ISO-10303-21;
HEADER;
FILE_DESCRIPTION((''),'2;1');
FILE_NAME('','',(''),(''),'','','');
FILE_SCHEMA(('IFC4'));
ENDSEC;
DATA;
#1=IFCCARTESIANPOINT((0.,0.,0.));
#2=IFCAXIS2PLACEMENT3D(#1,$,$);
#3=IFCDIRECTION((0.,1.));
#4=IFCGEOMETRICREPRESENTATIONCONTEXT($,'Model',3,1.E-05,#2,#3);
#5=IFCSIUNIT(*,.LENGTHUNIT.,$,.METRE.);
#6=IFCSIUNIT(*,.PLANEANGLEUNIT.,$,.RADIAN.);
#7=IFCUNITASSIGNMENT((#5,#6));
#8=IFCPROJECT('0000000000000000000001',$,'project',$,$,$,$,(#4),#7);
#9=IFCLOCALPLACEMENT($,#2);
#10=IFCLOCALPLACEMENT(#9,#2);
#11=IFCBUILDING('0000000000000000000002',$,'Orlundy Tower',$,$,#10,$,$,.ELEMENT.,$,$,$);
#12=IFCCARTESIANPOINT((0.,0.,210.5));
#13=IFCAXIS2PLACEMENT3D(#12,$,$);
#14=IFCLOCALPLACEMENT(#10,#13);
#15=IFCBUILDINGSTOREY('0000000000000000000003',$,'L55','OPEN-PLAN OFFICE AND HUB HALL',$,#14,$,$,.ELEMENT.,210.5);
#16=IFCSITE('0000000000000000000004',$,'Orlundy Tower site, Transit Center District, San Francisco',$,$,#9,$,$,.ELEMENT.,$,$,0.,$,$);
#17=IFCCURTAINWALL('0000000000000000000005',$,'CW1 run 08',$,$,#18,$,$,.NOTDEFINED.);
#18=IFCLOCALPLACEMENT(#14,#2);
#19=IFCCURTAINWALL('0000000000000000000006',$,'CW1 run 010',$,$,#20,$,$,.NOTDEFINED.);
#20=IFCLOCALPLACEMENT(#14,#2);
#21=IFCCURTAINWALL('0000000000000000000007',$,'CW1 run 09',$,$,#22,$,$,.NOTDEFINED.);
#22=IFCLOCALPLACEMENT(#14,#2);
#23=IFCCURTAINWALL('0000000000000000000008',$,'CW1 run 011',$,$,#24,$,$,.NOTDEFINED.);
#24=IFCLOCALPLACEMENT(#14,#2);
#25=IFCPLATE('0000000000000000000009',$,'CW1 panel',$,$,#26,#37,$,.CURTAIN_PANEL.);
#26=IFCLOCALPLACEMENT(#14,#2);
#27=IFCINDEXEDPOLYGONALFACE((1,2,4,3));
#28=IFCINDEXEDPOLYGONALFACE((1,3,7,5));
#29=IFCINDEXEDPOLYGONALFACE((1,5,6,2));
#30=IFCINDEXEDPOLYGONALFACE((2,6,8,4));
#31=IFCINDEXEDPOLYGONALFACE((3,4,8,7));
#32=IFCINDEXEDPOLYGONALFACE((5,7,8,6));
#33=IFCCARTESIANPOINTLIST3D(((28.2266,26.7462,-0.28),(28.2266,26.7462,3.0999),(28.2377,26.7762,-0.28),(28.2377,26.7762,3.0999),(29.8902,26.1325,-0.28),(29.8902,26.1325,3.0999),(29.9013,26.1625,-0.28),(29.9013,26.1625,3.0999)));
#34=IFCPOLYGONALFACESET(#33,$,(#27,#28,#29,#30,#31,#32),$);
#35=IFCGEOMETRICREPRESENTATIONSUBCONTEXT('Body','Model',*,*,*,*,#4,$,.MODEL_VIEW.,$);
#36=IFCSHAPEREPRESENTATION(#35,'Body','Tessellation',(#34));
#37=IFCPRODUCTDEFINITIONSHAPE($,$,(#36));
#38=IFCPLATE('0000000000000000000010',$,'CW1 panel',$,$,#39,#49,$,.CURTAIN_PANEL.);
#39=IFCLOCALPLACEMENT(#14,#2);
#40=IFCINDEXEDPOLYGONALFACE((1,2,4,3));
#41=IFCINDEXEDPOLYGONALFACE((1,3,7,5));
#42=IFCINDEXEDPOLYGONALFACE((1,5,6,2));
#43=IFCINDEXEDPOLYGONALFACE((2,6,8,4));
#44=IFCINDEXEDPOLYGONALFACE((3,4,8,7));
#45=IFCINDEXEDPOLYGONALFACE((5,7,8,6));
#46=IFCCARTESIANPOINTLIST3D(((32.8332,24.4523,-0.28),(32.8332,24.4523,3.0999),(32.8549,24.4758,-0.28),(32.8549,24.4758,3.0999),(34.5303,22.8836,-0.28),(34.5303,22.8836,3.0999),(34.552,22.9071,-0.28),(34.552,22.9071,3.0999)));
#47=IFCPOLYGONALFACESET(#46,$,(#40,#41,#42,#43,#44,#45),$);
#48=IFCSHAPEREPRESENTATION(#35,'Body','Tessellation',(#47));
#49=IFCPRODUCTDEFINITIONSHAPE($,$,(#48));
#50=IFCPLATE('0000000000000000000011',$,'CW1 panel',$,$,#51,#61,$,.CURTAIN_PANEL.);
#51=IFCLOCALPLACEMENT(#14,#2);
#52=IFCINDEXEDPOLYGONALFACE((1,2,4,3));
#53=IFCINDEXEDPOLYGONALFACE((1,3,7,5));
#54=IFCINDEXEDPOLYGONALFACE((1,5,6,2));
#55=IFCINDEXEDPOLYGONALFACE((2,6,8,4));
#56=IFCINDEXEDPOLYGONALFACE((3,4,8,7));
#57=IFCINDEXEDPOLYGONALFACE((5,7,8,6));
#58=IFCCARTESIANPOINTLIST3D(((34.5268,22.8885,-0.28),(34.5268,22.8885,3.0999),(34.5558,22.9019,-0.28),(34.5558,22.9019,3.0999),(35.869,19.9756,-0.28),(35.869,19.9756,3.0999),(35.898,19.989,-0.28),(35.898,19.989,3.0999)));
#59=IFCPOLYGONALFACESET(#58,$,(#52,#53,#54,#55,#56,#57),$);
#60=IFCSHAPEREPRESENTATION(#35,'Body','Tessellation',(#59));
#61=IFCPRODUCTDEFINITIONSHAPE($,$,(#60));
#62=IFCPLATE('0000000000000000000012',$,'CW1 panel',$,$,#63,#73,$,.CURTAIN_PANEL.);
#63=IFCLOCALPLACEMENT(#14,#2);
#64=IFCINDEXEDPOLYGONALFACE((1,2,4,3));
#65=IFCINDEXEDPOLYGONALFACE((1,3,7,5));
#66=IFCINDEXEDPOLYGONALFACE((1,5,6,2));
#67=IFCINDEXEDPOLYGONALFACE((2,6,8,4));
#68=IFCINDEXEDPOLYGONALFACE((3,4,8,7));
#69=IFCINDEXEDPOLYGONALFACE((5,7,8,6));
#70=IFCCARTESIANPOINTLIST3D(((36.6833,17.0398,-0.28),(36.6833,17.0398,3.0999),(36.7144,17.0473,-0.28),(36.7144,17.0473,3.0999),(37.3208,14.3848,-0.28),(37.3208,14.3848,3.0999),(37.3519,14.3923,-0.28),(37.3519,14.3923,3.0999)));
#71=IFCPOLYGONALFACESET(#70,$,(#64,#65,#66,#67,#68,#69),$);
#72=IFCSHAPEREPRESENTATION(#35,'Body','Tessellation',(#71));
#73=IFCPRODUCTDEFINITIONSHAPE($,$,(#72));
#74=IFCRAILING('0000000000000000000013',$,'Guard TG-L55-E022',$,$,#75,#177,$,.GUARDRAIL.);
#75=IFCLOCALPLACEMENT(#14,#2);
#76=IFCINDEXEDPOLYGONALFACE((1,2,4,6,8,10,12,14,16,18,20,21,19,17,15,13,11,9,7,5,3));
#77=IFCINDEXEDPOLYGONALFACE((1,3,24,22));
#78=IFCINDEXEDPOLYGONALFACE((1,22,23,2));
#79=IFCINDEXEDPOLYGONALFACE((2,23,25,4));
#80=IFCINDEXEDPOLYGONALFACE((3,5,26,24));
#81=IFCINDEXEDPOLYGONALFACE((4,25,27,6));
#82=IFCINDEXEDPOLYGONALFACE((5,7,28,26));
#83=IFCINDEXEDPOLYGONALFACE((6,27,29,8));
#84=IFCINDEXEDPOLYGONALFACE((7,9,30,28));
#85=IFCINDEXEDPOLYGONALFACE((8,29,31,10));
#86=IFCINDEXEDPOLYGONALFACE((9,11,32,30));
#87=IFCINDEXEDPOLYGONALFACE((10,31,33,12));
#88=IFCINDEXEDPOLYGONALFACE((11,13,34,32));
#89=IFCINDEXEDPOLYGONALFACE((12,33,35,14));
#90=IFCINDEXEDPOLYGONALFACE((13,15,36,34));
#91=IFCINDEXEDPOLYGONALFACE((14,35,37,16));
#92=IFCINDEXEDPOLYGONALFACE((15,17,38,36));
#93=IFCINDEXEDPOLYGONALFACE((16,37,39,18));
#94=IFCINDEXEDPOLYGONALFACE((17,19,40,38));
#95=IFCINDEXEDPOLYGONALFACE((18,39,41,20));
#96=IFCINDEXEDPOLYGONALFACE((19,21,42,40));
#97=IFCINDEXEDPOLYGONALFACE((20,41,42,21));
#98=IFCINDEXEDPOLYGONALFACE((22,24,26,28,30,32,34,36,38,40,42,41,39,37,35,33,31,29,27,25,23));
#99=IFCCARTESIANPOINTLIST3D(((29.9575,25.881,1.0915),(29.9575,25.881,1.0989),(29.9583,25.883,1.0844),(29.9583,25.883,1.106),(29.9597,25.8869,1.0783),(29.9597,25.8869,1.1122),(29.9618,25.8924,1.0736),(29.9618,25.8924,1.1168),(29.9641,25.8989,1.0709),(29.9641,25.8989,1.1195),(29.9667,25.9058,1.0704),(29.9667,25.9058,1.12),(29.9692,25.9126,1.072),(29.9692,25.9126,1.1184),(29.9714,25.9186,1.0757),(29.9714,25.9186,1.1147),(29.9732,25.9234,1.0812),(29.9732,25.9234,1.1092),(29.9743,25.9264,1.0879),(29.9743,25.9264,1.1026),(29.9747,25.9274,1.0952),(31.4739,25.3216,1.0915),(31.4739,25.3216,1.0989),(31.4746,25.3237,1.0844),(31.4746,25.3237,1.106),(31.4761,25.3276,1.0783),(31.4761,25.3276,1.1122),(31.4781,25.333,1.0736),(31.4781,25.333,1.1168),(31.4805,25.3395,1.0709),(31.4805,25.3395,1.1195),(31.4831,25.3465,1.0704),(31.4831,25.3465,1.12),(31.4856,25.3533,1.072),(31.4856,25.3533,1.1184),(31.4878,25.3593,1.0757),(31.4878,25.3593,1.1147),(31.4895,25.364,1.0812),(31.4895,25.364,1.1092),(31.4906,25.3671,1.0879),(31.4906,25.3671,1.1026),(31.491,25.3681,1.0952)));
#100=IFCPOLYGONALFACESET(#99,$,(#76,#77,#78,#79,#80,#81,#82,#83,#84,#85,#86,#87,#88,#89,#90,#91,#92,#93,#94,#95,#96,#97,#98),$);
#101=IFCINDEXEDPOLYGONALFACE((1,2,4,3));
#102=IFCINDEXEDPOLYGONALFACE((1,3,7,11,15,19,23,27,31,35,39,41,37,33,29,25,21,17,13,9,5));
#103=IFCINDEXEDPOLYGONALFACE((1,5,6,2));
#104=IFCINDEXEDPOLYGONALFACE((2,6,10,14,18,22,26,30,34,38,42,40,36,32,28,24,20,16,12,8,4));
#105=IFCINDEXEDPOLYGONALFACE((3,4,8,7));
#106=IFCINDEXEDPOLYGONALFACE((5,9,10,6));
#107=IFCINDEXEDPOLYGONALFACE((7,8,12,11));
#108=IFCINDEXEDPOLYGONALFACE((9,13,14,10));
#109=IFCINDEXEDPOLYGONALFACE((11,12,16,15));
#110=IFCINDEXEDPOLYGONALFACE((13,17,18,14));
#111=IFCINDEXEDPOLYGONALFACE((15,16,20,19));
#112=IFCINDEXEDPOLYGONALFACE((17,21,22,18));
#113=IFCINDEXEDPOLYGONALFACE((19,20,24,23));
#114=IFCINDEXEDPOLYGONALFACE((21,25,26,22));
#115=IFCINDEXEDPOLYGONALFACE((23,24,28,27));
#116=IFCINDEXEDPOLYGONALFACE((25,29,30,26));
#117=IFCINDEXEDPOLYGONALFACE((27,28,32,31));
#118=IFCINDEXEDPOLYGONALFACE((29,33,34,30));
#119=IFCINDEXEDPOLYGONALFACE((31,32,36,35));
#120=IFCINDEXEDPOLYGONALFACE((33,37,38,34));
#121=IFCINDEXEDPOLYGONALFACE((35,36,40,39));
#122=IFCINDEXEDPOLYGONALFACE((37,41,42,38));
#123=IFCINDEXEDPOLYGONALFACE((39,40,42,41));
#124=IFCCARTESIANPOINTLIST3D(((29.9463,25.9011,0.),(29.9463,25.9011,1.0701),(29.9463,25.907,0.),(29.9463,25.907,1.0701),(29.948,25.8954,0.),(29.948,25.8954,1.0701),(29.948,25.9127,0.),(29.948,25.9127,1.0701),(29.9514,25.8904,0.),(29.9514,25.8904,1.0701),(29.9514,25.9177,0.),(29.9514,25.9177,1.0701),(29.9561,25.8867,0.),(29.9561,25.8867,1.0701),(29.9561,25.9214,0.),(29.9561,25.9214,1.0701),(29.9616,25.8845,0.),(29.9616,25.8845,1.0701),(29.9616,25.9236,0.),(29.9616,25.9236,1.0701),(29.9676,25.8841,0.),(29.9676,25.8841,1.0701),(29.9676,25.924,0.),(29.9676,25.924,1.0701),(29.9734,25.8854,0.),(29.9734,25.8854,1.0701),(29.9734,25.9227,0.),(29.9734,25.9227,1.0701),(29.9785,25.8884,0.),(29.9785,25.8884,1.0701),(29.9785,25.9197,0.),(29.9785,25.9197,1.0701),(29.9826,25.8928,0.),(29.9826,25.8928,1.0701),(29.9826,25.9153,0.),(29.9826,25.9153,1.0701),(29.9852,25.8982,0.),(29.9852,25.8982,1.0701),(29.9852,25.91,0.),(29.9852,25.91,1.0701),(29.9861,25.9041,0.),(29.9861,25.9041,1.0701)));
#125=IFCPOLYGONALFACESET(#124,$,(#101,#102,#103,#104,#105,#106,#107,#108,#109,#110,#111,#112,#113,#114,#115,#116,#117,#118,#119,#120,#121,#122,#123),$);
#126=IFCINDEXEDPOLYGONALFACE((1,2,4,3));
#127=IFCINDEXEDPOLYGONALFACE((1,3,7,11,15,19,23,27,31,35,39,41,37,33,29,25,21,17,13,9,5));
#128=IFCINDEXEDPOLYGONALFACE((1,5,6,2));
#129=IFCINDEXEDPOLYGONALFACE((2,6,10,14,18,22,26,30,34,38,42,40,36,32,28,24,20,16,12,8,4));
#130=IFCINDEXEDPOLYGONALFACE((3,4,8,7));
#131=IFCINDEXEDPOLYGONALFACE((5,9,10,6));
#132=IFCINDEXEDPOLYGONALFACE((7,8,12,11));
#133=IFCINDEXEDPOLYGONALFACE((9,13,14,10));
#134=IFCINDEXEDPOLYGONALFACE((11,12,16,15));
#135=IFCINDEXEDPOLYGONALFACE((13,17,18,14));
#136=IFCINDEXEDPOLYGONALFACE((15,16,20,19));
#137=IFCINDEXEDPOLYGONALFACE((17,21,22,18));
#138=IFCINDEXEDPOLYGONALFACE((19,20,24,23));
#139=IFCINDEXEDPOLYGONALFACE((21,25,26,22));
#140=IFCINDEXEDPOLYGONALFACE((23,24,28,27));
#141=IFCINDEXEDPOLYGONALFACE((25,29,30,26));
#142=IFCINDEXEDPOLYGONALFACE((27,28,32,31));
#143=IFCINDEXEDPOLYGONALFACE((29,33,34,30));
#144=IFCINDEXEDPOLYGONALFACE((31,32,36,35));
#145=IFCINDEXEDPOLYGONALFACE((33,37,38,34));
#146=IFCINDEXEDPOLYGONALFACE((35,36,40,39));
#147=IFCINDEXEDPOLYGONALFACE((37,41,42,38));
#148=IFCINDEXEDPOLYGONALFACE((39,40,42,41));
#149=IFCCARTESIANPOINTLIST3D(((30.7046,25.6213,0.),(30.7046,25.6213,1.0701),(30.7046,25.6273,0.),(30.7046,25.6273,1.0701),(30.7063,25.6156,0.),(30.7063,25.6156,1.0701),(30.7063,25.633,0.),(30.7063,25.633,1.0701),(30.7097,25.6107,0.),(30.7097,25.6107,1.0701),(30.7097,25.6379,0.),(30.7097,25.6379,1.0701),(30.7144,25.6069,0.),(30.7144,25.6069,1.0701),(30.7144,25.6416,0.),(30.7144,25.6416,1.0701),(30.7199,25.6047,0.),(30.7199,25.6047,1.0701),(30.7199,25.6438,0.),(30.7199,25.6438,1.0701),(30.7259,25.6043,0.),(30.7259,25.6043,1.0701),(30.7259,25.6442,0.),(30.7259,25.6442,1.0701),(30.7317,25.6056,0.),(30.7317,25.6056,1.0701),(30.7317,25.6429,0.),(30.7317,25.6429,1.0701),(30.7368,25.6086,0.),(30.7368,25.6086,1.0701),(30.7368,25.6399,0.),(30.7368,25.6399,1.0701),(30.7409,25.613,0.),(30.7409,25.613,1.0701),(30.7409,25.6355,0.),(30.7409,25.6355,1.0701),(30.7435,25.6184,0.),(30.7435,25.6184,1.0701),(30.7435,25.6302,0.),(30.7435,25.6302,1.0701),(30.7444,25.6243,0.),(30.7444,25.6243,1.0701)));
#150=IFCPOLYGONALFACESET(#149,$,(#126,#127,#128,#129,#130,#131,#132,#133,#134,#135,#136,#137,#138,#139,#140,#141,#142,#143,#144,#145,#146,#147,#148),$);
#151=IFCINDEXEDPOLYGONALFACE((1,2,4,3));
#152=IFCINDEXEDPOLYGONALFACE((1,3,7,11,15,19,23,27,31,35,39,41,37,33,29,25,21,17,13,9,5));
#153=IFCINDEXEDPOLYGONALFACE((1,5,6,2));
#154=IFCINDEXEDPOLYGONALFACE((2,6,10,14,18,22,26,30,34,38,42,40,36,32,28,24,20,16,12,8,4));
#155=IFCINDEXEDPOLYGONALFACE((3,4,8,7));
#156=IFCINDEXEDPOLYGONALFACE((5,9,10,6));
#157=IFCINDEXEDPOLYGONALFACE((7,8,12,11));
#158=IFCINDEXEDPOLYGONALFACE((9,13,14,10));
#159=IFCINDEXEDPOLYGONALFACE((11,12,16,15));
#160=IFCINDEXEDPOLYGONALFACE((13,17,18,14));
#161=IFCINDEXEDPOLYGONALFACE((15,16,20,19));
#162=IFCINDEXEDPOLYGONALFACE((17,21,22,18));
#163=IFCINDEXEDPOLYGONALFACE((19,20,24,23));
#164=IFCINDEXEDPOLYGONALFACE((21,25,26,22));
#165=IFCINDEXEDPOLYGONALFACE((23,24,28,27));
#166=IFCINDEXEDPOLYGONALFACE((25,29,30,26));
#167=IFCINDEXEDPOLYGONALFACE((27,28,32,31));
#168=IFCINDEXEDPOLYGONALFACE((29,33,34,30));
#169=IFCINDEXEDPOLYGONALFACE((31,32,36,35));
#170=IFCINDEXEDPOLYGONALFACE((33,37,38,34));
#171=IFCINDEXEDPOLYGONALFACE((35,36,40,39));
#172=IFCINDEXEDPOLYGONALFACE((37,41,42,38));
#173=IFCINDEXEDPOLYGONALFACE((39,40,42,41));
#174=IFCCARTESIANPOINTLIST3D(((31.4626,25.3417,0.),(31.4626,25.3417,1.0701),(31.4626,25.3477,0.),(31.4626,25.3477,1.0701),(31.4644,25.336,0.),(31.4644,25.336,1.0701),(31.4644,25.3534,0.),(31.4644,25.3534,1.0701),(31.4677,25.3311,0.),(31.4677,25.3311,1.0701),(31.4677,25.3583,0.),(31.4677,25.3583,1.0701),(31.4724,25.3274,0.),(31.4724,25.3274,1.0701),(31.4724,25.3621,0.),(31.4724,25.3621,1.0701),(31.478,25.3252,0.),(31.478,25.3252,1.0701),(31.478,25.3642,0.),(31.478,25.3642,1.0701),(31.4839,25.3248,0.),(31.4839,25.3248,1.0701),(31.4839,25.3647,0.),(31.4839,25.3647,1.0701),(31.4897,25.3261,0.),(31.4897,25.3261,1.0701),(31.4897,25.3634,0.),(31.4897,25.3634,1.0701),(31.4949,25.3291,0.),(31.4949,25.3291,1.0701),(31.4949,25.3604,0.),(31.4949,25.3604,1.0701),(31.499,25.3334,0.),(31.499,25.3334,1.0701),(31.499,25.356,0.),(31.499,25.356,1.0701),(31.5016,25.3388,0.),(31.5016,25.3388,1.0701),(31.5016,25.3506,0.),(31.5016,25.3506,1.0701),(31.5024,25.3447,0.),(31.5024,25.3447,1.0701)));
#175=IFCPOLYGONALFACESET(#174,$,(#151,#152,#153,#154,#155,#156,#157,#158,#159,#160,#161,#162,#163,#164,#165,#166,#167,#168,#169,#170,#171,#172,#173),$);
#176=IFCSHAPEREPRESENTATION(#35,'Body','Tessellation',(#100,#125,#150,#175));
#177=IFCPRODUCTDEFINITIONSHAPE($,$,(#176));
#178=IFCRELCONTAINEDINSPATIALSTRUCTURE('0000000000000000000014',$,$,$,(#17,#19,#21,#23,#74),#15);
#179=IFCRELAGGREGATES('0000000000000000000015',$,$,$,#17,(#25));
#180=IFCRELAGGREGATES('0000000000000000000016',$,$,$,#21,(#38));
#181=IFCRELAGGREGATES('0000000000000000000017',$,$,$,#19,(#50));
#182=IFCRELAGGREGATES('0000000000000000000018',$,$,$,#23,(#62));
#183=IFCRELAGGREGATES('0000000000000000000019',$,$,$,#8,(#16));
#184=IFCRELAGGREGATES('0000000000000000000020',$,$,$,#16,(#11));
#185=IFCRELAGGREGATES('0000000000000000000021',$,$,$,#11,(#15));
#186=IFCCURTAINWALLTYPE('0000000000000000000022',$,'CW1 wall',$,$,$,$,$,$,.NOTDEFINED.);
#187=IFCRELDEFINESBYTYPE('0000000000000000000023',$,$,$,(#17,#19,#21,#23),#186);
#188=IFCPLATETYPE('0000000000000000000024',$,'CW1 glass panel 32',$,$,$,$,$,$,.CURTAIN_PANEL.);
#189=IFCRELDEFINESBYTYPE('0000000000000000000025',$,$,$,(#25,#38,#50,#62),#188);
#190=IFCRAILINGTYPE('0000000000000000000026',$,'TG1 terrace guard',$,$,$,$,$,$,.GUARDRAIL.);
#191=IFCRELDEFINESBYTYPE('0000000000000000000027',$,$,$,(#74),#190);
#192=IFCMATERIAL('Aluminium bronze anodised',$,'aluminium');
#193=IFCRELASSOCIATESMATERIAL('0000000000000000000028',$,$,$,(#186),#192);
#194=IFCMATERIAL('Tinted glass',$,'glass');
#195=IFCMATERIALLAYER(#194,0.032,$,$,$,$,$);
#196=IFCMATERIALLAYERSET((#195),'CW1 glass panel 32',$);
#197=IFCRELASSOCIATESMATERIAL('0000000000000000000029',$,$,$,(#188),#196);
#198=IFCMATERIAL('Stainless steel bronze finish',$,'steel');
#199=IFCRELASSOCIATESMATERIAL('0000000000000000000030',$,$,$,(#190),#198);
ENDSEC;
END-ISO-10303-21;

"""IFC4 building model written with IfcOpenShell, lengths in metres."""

from ifc_helpers import new_model, si_unit, direction, frame, origin, origin_2d, place, context, subcontext, project, spatial, rectangle, circle, extrude, material, layer, layer_set, type_object, element, aggregate, save


model = new_model("IFC4")

# Units and contexts
model_context = context("Model", 3, precision=1e-05, world=origin(), true_north=direction((0.0, 1.0)))
body_context = subcontext(model_context, "Body", "Model", "MODEL_VIEW")
ifc_project = project(units=[si_unit("LENGTHUNIT", "METRE"), si_unit("PLANEANGLEUNIT", "RADIAN")], contexts=[model_context])

# Site, building, storey
site_placement = place(None, origin())
site = spatial("IfcSite", under=ifc_project, at=site_placement, Name="Orlundy Tower site, Transit Center District, San Francisco", CompositionType="ELEMENT", RefElevation=0.0)
building_placement = place(site_placement, origin())
building = spatial("IfcBuilding", under=site, at=building_placement, Name="Orlundy Tower", CompositionType="ELEMENT")
storey_placement = place(building_placement, frame((0.0, 0.0, 210.5)))
storey = spatial("IfcBuildingStorey", under=building, at=storey_placement, Name="L55", Description="OPEN-PLAN OFFICE AND HUB HALL", CompositionType="ELEMENT", Elevation=210.5)

# Curtain walls
ifc_material_1 = material(Name="Aluminium bronze anodised", Category="aluminium")
curtain_wall_type = type_object("IfcCurtainWallType", Name="CW1 wall", PredefinedType="NOTDEFINED", material=ifc_material_1)
curtain_wall_1_placement = place(storey_placement, origin())
curtain_wall_1 = element("IfcCurtainWall", 1, at=curtain_wall_1_placement, inside=storey, type_object=curtain_wall_type, Name="CW1 run 08", PredefinedType="NOTDEFINED")
curtain_wall_2_placement = place(storey_placement, origin())
curtain_wall_2 = element("IfcCurtainWall", 2, at=curtain_wall_2_placement, inside=storey, type_object=curtain_wall_type, Name="CW1 run 010", PredefinedType="NOTDEFINED")

# Curtain wall
curtain_wall_3_placement = place(storey_placement, origin())
curtain_wall_3 = element("IfcCurtainWall", 3, at=curtain_wall_3_placement, inside=storey, type_object=curtain_wall_type, Name="CW1 run 09", PredefinedType="NOTDEFINED")

# Curtain wall
curtain_wall_4_placement = place(storey_placement, origin())
curtain_wall_4 = element("IfcCurtainWall", 4, at=curtain_wall_4_placement, inside=storey, type_object=curtain_wall_type, Name="CW1 run 011", PredefinedType="NOTDEFINED")

# Shared definitions
ifc_material_2 = material(Name="Tinted glass", Category="glass")
ifc_layer = layer(ifc_material_2, 0.032)
ifc_layer_set = layer_set([ifc_layer], Name="CW1 glass panel 32")
plate_type = type_object("IfcPlateType", Name="CW1 glass panel 32", PredefinedType="CURTAIN_PANEL", material=ifc_layer_set)

# Plates
plate_1_placement = place(storey_placement, frame((29.064, 26.4543, -0.28), z_axis=(0.0, 0.0, 1.0), x_axis=(0.9382, -0.346093, 0.0)))
plate_1 = element("IfcPlate", 5, at=plate_1_placement, type_object=plate_type, Name="CW1 panel", PredefinedType="CURTAIN_PANEL", context=body_context, shape_type="SweptSolid", body=[
    extrude(rectangle(XDim=1.7732, YDim=0.032, at=origin_2d()), origin(), (0.0, 0.0, 1.0), 3.3799),
])
aggregate(curtain_wall_1, [plate_1])
plate_2_placement = place(storey_placement, frame((33.6926, 23.6797, -0.28), z_axis=(0.0, 0.0, 1.0), x_axis=(0.734348, -0.678773, 0.0)))
plate_2 = element("IfcPlate", 6, at=plate_2_placement, type_object=plate_type, Name="CW1 panel", PredefinedType="CURTAIN_PANEL", context=body_context, shape_type="SweptSolid", body=[
    extrude(rectangle(XDim=2.311, YDim=0.032, at=origin_2d()), origin(), (0.0, 0.0, 1.0), 3.3799),
])
aggregate(curtain_wall_3, [plate_2])
plate_3_placement = place(storey_placement, frame((35.2124, 21.4387, -0.28), z_axis=(0.0, 0.0, 1.0), x_axis=(0.418493, -0.90822, 0.0)))
plate_3 = element("IfcPlate", 7, at=plate_3_placement, type_object=plate_type, Name="CW1 panel", PredefinedType="CURTAIN_PANEL", context=body_context, shape_type="SweptSolid", body=[
    extrude(rectangle(XDim=3.2073, YDim=0.032, at=origin_2d()), origin(), (0.0, 0.0, 1.0), 3.3799),
])
aggregate(curtain_wall_2, [plate_3])
plate_4_placement = place(storey_placement, frame((37.0176, 15.7161, -0.28), z_axis=(0.0, 0.0, 1.0), x_axis=(0.233472, -0.972364, 0.0)))
plate_4 = element("IfcPlate", 8, at=plate_4_placement, type_object=plate_type, Name="CW1 panel", PredefinedType="CURTAIN_PANEL", context=body_context, shape_type="SweptSolid", body=[
    extrude(rectangle(XDim=2.7305, YDim=0.032, at=origin_2d()), origin(), (0.0, 0.0, 1.0), 3.3799),
])
aggregate(curtain_wall_4, [plate_4])

# Railing
ifc_material_3 = material(Name="Stainless steel bronze finish", Category="steel")
railing_type = type_object("IfcRailingType", Name="TG1 terrace guard", PredefinedType="GUARDRAIL", material=ifc_material_3)
railing_1_placement = place(storey_placement, frame((29.9661, 25.9041, 0.0)))
element("IfcRailing", 9, at=railing_1_placement, inside=storey, type_object=railing_type, Name="Guard TG-L55-E022", PredefinedType="GUARDRAIL", context=body_context, shape_type="SweptSolid", body=[
    extrude(circle(Radius=0.0249, at=origin_2d()), frame((0.0, 0.0, 1.0952), z_axis=(0.938209, -0.346069, 0.0), x_axis=(0.346069, 0.938209, 0.0)), (0.0, 0.0, 1.0), 1.6162),
    extrude(circle(Radius=0.02, at=origin_2d()), origin(), (0.0, 0.0, 1.0), 1.0701),
    extrude(circle(Radius=0.02, at=origin_2d()), frame((0.7583, -0.2798, 0.0)), (0.0, 0.0, 1.0), 1.0701),
    extrude(circle(Radius=0.02, at=origin_2d()), frame((1.5164, -0.5593, 0.0)), (0.0, 0.0, 1.0), 1.0701),
])

save(model, "model.ifc")
